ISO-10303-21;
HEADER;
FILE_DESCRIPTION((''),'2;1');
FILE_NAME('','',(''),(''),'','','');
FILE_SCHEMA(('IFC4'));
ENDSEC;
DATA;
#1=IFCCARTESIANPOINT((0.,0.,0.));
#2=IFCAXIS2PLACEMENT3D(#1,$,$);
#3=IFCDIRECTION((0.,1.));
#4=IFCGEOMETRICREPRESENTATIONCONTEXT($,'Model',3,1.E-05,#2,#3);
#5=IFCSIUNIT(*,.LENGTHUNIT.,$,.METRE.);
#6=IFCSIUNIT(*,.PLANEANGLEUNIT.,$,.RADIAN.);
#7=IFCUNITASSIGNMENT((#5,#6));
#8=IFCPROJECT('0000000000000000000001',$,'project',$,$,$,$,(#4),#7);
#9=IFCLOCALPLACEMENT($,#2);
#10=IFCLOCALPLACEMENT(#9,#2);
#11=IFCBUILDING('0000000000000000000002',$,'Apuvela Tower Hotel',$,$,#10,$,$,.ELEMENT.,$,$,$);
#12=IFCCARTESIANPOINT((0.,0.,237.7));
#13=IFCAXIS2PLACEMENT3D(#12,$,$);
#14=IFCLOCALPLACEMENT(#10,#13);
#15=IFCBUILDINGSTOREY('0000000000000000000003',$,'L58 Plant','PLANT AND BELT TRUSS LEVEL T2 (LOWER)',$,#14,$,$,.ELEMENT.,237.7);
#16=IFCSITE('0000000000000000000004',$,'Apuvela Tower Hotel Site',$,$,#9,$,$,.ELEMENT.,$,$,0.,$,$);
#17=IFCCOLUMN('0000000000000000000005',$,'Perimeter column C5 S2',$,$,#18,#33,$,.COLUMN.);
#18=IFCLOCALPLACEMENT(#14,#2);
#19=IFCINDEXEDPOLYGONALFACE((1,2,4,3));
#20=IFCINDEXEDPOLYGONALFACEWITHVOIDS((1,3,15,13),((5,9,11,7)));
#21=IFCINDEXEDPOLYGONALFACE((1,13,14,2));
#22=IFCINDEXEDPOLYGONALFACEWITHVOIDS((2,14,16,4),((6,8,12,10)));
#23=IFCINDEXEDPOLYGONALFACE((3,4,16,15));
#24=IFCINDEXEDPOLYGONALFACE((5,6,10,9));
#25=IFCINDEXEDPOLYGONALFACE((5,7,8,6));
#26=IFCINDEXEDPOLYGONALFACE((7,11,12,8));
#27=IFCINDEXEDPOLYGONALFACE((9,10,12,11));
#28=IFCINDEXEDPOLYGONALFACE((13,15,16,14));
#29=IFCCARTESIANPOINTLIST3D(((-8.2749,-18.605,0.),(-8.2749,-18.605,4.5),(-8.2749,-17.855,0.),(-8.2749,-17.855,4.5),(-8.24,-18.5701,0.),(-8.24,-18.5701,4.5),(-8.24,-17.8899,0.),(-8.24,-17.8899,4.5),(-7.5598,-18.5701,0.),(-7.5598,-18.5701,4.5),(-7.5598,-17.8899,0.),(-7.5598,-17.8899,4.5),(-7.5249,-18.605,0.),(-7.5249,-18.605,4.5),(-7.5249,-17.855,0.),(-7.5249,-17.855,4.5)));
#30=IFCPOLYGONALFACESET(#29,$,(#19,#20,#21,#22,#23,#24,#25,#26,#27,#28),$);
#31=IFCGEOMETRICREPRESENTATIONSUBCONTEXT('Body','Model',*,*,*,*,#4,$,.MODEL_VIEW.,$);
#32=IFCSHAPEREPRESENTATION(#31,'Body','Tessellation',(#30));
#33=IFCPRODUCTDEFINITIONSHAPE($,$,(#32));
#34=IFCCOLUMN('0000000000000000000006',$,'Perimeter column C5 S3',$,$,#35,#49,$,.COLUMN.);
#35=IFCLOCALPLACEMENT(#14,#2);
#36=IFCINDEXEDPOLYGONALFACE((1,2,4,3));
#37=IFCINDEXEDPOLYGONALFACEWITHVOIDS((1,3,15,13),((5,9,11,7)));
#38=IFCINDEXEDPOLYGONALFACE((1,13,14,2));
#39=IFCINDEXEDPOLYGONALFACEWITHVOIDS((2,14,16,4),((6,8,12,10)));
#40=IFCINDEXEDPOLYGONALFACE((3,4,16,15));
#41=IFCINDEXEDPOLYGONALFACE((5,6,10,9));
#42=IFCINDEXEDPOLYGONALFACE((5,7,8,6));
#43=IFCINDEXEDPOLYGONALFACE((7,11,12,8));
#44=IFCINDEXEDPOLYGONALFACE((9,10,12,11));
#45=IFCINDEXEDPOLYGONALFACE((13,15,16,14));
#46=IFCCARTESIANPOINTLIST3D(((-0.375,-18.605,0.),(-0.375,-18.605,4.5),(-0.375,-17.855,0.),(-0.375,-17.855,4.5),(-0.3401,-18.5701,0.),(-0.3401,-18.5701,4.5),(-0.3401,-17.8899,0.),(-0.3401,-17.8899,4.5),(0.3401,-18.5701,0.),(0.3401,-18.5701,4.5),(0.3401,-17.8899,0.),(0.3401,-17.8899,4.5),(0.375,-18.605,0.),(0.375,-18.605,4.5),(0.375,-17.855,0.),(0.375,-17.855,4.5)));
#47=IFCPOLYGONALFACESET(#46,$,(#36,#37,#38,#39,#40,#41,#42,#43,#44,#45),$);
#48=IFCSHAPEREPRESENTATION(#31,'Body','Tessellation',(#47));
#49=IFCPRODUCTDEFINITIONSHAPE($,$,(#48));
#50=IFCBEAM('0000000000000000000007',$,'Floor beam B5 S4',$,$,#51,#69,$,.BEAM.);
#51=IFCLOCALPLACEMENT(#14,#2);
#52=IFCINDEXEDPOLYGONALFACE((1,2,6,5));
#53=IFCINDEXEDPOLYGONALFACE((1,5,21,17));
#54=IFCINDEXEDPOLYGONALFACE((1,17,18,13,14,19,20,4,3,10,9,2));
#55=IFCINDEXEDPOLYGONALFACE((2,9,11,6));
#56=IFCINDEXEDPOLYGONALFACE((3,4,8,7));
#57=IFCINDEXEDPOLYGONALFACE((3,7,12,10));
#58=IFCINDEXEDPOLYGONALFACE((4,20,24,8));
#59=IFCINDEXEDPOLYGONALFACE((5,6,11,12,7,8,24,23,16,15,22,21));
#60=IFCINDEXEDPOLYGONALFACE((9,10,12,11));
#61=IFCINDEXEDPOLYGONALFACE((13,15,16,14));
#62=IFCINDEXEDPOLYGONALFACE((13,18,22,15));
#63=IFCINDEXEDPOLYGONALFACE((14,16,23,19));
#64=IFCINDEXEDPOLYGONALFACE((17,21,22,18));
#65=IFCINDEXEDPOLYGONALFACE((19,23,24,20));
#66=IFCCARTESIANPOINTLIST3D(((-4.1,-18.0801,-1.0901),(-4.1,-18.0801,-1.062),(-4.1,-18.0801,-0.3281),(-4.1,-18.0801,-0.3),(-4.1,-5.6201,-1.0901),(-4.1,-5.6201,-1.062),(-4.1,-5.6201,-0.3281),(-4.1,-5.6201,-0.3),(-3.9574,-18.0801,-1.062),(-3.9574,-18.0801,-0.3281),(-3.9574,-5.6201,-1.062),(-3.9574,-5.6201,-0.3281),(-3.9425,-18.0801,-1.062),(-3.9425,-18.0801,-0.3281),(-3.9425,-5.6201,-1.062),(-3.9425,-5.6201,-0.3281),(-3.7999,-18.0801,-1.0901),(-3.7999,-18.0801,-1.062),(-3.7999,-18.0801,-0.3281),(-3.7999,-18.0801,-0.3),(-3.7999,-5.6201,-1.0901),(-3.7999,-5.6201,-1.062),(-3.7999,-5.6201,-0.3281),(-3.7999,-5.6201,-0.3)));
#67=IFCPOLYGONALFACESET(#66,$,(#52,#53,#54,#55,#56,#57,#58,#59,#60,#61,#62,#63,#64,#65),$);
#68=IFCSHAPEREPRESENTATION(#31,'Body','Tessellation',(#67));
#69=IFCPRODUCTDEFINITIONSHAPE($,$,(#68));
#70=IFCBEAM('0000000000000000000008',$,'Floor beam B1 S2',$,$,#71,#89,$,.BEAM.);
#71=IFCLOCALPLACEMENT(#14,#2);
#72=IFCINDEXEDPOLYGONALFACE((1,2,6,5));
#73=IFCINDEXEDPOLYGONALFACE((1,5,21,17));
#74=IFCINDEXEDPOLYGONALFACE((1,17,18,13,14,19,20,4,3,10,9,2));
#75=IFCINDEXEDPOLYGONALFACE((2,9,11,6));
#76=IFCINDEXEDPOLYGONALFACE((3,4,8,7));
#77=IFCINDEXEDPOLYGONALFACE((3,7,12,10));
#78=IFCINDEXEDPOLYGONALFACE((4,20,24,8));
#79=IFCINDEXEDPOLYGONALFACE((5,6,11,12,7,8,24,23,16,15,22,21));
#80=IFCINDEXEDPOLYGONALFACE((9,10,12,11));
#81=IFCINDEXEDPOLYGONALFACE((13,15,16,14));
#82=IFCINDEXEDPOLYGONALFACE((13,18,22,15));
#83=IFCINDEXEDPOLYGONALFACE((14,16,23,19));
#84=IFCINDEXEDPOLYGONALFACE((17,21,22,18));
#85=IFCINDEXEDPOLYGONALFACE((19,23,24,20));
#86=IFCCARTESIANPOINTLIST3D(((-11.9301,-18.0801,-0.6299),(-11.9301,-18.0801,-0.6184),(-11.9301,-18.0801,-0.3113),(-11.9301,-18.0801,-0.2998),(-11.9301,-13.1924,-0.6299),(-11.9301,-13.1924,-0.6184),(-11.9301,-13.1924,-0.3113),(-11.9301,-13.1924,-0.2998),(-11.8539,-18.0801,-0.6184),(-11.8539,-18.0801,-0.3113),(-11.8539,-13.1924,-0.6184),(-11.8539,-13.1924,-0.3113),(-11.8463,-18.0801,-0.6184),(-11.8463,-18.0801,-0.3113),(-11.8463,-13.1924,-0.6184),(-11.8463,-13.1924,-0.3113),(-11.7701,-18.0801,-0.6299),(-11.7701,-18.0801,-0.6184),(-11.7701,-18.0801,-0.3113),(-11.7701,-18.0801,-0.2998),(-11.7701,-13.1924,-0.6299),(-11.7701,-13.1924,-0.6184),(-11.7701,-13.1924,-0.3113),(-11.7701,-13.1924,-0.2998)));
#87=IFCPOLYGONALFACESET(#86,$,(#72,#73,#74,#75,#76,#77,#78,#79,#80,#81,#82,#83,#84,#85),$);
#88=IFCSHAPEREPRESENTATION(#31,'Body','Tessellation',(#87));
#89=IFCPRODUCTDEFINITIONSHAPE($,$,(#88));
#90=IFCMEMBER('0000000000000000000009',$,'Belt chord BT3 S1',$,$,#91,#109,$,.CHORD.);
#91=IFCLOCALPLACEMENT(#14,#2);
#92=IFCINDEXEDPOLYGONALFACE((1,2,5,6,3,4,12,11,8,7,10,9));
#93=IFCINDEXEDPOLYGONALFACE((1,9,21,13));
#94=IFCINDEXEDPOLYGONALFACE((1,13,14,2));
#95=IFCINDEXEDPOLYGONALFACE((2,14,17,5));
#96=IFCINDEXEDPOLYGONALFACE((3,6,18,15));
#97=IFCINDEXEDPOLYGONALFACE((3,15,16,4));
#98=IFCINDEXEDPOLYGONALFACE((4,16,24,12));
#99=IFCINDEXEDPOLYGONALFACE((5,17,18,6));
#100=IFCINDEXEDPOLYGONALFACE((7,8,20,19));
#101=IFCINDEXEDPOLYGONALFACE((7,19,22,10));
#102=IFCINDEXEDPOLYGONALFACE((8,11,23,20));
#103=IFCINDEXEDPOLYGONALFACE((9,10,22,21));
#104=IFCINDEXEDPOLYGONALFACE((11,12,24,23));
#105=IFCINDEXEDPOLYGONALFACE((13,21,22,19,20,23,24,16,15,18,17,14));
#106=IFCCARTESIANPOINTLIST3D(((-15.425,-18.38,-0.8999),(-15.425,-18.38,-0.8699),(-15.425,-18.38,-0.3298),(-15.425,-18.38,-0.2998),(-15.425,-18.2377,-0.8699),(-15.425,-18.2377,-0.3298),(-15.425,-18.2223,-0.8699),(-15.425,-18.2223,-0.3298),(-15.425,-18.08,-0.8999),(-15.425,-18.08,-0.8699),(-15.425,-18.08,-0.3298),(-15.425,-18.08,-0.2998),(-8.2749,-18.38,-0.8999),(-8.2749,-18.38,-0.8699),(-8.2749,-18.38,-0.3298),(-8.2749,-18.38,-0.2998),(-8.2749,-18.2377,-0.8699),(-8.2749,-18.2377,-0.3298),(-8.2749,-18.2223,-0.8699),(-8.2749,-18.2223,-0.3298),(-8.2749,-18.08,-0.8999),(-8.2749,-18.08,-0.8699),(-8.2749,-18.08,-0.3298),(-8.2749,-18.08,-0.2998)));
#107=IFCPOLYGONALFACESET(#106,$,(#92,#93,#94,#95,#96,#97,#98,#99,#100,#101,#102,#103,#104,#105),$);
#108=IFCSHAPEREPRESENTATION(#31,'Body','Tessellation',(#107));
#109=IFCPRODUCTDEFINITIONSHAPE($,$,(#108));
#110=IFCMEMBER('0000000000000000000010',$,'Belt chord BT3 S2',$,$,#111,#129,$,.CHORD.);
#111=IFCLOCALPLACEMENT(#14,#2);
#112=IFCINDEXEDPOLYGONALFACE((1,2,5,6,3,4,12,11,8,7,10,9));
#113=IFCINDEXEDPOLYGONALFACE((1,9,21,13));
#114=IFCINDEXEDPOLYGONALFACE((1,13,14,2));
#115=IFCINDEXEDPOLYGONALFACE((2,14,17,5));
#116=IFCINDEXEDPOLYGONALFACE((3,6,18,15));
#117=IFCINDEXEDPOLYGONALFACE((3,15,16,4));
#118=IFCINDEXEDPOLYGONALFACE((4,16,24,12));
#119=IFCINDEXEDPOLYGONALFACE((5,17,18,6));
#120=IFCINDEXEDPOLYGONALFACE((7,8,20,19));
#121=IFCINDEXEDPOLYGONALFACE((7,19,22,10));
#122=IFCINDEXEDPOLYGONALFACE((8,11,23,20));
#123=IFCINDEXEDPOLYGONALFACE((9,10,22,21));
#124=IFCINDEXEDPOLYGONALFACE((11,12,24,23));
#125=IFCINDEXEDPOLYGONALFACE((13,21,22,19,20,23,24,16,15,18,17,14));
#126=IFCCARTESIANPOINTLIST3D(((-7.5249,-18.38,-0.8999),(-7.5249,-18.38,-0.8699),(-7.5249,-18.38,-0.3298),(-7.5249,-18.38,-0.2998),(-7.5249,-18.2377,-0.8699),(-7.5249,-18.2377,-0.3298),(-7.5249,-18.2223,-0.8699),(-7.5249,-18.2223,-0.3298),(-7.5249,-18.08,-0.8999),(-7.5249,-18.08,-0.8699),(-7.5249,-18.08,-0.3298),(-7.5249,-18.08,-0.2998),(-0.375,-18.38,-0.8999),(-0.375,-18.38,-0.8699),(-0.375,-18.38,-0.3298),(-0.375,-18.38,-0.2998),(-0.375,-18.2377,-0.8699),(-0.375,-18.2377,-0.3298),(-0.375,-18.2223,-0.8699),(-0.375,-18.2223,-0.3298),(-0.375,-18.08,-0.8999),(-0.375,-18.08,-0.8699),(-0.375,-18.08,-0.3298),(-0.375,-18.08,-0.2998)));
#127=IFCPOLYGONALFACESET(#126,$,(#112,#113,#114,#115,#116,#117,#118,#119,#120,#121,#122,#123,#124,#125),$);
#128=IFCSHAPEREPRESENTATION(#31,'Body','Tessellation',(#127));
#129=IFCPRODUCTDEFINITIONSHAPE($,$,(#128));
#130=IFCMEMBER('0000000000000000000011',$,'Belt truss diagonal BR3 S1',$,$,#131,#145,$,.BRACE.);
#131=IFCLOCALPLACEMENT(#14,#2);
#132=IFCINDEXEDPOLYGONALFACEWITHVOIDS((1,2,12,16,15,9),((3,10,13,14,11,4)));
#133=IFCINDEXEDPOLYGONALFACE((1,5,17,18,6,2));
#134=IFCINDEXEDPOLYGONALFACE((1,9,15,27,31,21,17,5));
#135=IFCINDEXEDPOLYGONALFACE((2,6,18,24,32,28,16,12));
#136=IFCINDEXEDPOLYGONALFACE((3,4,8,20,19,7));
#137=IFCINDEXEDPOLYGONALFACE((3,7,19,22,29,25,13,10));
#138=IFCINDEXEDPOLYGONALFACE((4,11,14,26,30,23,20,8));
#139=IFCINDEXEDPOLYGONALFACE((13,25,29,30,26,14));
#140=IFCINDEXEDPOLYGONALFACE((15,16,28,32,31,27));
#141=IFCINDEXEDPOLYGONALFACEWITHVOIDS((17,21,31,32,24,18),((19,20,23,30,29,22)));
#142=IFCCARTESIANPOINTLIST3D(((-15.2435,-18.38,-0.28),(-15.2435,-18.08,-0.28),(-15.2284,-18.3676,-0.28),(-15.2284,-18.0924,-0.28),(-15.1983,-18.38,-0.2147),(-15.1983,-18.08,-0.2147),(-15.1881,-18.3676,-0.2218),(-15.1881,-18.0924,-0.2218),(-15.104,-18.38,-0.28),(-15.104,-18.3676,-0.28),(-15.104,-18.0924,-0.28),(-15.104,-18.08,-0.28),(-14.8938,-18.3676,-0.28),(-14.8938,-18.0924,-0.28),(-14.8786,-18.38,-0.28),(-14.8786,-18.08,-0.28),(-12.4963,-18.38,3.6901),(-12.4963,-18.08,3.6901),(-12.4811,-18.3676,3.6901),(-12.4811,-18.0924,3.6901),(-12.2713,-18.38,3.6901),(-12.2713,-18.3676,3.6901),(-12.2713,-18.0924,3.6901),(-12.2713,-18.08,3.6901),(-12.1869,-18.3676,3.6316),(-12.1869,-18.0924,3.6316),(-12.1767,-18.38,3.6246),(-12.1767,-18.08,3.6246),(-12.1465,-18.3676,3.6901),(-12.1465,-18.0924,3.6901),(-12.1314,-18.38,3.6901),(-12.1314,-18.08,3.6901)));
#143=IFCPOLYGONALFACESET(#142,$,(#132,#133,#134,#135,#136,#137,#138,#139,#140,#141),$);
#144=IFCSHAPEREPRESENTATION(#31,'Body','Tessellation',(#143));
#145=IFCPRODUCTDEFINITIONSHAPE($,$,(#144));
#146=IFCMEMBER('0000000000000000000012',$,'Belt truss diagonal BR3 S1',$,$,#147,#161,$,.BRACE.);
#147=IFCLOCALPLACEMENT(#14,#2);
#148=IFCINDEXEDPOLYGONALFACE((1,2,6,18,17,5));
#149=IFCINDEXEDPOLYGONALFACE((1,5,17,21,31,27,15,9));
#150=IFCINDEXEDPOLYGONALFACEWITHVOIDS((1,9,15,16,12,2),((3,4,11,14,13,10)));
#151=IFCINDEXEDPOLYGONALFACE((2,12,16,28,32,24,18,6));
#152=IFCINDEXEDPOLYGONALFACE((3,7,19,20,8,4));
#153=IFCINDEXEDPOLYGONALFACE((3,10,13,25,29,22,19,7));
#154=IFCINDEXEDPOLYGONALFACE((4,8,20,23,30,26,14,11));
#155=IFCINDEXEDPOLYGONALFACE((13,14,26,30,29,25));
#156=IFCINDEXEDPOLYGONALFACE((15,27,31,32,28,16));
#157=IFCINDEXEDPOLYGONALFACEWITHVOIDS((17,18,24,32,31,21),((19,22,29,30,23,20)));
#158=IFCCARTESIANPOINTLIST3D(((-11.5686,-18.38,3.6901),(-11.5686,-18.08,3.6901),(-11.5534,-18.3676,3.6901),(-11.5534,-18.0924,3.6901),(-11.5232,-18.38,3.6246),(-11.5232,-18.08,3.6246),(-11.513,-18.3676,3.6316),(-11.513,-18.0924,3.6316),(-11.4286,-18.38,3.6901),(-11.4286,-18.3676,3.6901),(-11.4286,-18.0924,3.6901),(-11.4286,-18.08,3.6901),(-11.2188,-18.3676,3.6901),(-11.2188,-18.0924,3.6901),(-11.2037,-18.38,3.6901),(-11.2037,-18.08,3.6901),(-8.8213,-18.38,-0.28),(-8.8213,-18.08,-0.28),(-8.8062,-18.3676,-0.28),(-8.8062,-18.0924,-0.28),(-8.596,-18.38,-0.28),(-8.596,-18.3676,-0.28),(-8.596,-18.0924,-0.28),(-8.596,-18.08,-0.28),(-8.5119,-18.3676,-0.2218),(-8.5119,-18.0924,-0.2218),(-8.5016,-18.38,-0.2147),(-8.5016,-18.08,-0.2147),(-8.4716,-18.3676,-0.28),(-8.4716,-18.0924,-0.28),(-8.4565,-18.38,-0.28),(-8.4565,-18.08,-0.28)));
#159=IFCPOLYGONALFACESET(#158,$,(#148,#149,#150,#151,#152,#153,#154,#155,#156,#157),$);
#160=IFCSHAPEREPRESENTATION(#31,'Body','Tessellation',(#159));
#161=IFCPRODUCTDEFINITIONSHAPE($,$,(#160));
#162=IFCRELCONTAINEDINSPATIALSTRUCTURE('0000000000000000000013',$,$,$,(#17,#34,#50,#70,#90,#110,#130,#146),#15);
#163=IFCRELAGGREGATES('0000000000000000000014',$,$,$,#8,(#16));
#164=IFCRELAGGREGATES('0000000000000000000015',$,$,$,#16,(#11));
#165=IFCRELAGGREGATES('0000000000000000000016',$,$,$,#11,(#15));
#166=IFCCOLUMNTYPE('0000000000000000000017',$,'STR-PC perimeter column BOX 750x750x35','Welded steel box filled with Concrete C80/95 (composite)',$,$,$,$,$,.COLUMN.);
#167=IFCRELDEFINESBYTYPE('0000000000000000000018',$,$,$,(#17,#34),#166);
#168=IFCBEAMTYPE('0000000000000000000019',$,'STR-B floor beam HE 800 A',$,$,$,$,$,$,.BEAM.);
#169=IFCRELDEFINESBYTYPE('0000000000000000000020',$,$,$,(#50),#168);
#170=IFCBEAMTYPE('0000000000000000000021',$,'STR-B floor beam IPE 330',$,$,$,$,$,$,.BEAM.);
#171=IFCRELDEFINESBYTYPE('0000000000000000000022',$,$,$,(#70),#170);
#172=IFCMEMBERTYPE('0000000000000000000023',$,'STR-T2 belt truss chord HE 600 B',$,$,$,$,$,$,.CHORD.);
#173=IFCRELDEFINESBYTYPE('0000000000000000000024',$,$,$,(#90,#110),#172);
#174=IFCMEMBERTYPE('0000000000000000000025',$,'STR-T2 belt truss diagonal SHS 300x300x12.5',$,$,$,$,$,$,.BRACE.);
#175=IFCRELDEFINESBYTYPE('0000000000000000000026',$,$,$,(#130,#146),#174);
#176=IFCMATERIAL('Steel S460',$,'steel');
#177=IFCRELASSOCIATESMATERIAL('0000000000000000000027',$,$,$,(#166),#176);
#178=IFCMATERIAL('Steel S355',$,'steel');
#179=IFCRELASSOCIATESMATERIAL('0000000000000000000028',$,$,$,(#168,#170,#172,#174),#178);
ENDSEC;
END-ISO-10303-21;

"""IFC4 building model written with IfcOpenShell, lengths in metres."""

from ifc_helpers import new_model, si_unit, direction, frame, origin, origin_2d, place, context, subcontext, project, spatial, rectangle, hollow_rectangle, i_section, extrude, boolean, halfspace, material, material_profile, profile_set, type_object, element, save


model = new_model("IFC4")

# Units and contexts
model_context = context("Model", 3, precision=1e-05, world=origin(), true_north=direction((0.0, 1.0)))
body_context = subcontext(model_context, "Body", "Model", "MODEL_VIEW")
ifc_project = project(units=[si_unit("LENGTHUNIT", "METRE"), si_unit("PLANEANGLEUNIT", "RADIAN")], contexts=[model_context])

# Site, building, storey
site_placement = place(None, origin())
site = spatial("IfcSite", under=ifc_project, at=site_placement, Name="Apuvela Tower Hotel Site", CompositionType="ELEMENT", RefElevation=0.0)
building_placement = place(site_placement, origin())
building = spatial("IfcBuilding", under=site, at=building_placement, Name="Apuvela Tower Hotel", CompositionType="ELEMENT")
storey_placement = place(building_placement, frame((0.0, 0.0, 237.7)))
storey = spatial("IfcBuildingStorey", under=building, at=storey_placement, Name="L58 Plant", Description="PLANT AND BELT TRUSS LEVEL T2 (LOWER)", CompositionType="ELEMENT", Elevation=237.7)

# Columns
ifc_material_1 = material(Name="Steel S460", Category="steel")
ifc_material_profile_1 = material_profile(ifc_material_1, hollow_rectangle(XDim=0.75, YDim=0.75, WallThickness=0.0349, at=origin_2d()), Name="BOX 750x750x35")
ifc_material_2 = material(Name="Concrete C80/95", Category="concrete")
ifc_material_profile_2 = material_profile(ifc_material_2, rectangle(XDim=0.6799, YDim=0.6799, at=origin_2d()), Name="Concrete C80/95 infill")
ifc_profile_set_1 = profile_set([ifc_material_profile_1, ifc_material_profile_2], Name="Steel S460")
column_type = type_object("IfcColumnType", Name="STR-PC perimeter column BOX 750x750x35", Description="Welded steel box filled with Concrete C80/95 (composite)", PredefinedType="COLUMN", material=ifc_profile_set_1)
for number, where, z_axis, x_axis, name in (
    (1, (-7.8999, -18.23, 0.0), (0.0, 0.0, 1.0), (-1.0, 0.0, 0.0), "Perimeter column C5 S2"),
    (2, (0.0, -18.23, 0.0), (0.0, 0.0, 1.0), (-1.0, 0.0, 0.0), "Perimeter column C5 S3"),
):
    element("IfcColumn", number, at=place(storey_placement, frame(where, z_axis=z_axis, x_axis=x_axis)), inside=storey, type_object=column_type, Name=name, PredefinedType="COLUMN", context=body_context, shape_type="SweptSolid", body=[
        extrude(hollow_rectangle(XDim=0.75, YDim=0.75, WallThickness=0.0349, at=origin_2d()), origin(), (0.0, 0.0, 1.0), 4.5),
    ])

# Beams
ifc_material_3 = material(Name="Steel S355", Category="steel")
ifc_material_profile_3 = material_profile(ifc_material_3, i_section(OverallWidth=0.3, OverallDepth=0.79, WebThickness=0.0149, FlangeThickness=0.0281, at=origin_2d()), Name="HE 800 A")
ifc_profile_set_2 = profile_set([ifc_material_profile_3], Name="Steel S355")
beam_type_1 = type_object("IfcBeamType", Name="STR-B floor beam HE 800 A", PredefinedType="BEAM", material=ifc_profile_set_2)
beam_1_placement = place(storey_placement, frame((-3.95, -18.0801, -0.6951), z_axis=(0.0, 1.0, 0.0), x_axis=(-1.0, 0.0, 0.0)))
element("IfcBeam", 3, at=beam_1_placement, inside=storey, type_object=beam_type_1, Name="Floor beam B5 S4", PredefinedType="BEAM", context=body_context, shape_type="SweptSolid", body=[
    extrude(i_section(OverallWidth=0.3, OverallDepth=0.79, WebThickness=0.0149, FlangeThickness=0.0281, at=origin_2d()), origin(), (0.0, 0.0, 1.0), 12.46),
])
ifc_material_profile_4 = material_profile(ifc_material_3, i_section(OverallWidth=0.1599, OverallDepth=0.3301, WebThickness=0.0076, FlangeThickness=0.0115, at=origin_2d()), Name="IPE 330")
ifc_profile_set_3 = profile_set([ifc_material_profile_4], Name="Steel S355")
beam_type_2 = type_object("IfcBeamType", Name="STR-B floor beam IPE 330", PredefinedType="BEAM", material=ifc_profile_set_3)
beam_2_placement = place(storey_placement, frame((-11.8501, -18.0801, -0.4648), z_axis=(0.0, 1.0, 0.0), x_axis=(-1.0, 0.0, 0.0)))
element("IfcBeam", 4, at=beam_2_placement, inside=storey, type_object=beam_type_2, Name="Floor beam B1 S2", PredefinedType="BEAM", context=body_context, shape_type="SweptSolid", body=[
    extrude(i_section(OverallWidth=0.1599, OverallDepth=0.3301, WebThickness=0.0076, FlangeThickness=0.0115, at=origin_2d()), origin(), (0.0, 0.0, 1.0), 4.8877),
])

# Members
ifc_material_profile_5 = material_profile(ifc_material_3, i_section(OverallWidth=0.3, OverallDepth=0.6001, WebThickness=0.0154, FlangeThickness=0.03, at=origin_2d()), Name="HE 600 B")
ifc_profile_set_4 = profile_set([ifc_material_profile_5], Name="Steel S355")
member_type_1 = type_object("IfcMemberType", Name="STR-T2 belt truss chord HE 600 B", PredefinedType="CHORD", material=ifc_profile_set_4)
member_1_placement = place(storey_placement, frame((-15.425, -18.23, -0.5999), z_axis=(1.0, 0.0, 0.0), x_axis=(0.0, 1.0, 0.0)))
element("IfcMember", 5, at=member_1_placement, inside=storey, type_object=member_type_1, Name="Belt chord BT3 S1", PredefinedType="CHORD", context=body_context, shape_type="SweptSolid", body=[
    extrude(i_section(OverallWidth=0.3, OverallDepth=0.6001, WebThickness=0.0154, FlangeThickness=0.03, at=origin_2d()), origin(), (0.0, 0.0, 1.0), 7.1501),
])
member_2_placement = place(storey_placement, frame((-7.5249, -18.23, -0.5999), z_axis=(1.0, 0.0, 0.0), x_axis=(0.0, 1.0, 0.0)))
element("IfcMember", 6, at=member_2_placement, inside=storey, type_object=member_type_1, Name="Belt chord BT3 S2", PredefinedType="CHORD", context=body_context, shape_type="SweptSolid", body=[
    extrude(i_section(OverallWidth=0.3, OverallDepth=0.6001, WebThickness=0.0154, FlangeThickness=0.03, at=origin_2d()), origin(), (0.0, 0.0, 1.0), 7.1499),
])
ifc_material_profile_6 = material_profile(ifc_material_3, hollow_rectangle(XDim=0.3, YDim=0.3, WallThickness=0.0125, at=origin_2d()), Name="SHS 300x300x12.5")
ifc_profile_set_5 = profile_set([ifc_material_profile_6], Name="Steel S355")
member_type_2 = type_object("IfcMemberType", Name="STR-T2 belt truss diagonal SHS 300x300x12.5", PredefinedType="BRACE", material=ifc_profile_set_5)
member_3_placement = place(storey_placement, frame((-15.075, -18.23, -0.3), z_axis=(0.569036, 0.0, 0.822313), x_axis=(-0.822313, 0.0, 0.569036)))
solid_1 = boolean("DIFFERENCE", boolean("DIFFERENCE", extrude(hollow_rectangle(XDim=0.3, YDim=0.3, WallThickness=0.0125, at=origin_2d()), frame((0.0, 0.0, -0.2239)), (0.0, 0.0, 1.0), 5.3242), halfspace(frame((0.0, 0.0, 0.0244), z_axis=(0.569036, 0.0, 0.822313), x_axis=(0.822313, 0.0, -0.569036)), True)), halfspace(frame((0.0, 0.0, 4.8523), z_axis=(0.569036, 0.0, 0.822313), x_axis=(0.822313, 0.0, -0.569036)), False))
element("IfcMember", 7, at=member_3_placement, inside=storey, type_object=member_type_2, Name="Belt truss diagonal BR3 S1", PredefinedType="BRACE", context=body_context, shape_type="SweptSolid", body=[
    boolean("UNION", boolean("DIFFERENCE", boolean("DIFFERENCE", extrude(hollow_rectangle(XDim=0.3, YDim=0.3, WallThickness=0.0125, at=origin_2d()), origin(), (0.0, 0.0, 1.0), 4.8765), halfspace(frame((0.0, 0.0, 0.0244), z_axis=(0.569036, 0.0, 0.822313), x_axis=(0.822313, 0.0, -0.569036)), True)), halfspace(frame((0.0, 0.0, 4.8523), z_axis=(0.569036, 0.0, 0.822313), x_axis=(0.822313, 0.0, -0.569036)), False)), solid_1),
])
member_4_placement = place(storey_placement, frame((-8.625, -18.23, -0.3), z_axis=(-0.569036, 0.0, 0.822313), x_axis=(0.822313, 0.0, 0.569036)))
solid_2 = boolean("DIFFERENCE", boolean("DIFFERENCE", extrude(hollow_rectangle(XDim=0.3, YDim=0.3, WallThickness=0.0125, at=origin_2d()), frame((0.0, 0.0, -0.2239)), (0.0, 0.0, 1.0), 5.3242), halfspace(frame((0.0, 0.0, 0.0244), z_axis=(0.569036, 0.0, 0.822313), x_axis=(0.822313, 0.0, -0.569036)), True)), halfspace(frame((0.0, 0.0, 4.8523), z_axis=(0.569036, 0.0, 0.822313), x_axis=(0.822313, 0.0, -0.569036)), False))
element("IfcMember", 8, at=member_4_placement, inside=storey, type_object=member_type_2, Name="Belt truss diagonal BR3 S1", PredefinedType="BRACE", context=body_context, shape_type="SweptSolid", body=[
    boolean("UNION", boolean("DIFFERENCE", boolean("DIFFERENCE", extrude(hollow_rectangle(XDim=0.3, YDim=0.3, WallThickness=0.0125, at=origin_2d()), origin(), (0.0, 0.0, 1.0), 4.8765), halfspace(frame((0.0, 0.0, 0.0244), z_axis=(0.569036, 0.0, 0.822313), x_axis=(0.822313, 0.0, -0.569036)), True)), halfspace(frame((0.0, 0.0, 4.8523), z_axis=(0.569036, 0.0, 0.822313), x_axis=(0.822313, 0.0, -0.569036)), False)), solid_2),
])

save(model, "model.ifc")
